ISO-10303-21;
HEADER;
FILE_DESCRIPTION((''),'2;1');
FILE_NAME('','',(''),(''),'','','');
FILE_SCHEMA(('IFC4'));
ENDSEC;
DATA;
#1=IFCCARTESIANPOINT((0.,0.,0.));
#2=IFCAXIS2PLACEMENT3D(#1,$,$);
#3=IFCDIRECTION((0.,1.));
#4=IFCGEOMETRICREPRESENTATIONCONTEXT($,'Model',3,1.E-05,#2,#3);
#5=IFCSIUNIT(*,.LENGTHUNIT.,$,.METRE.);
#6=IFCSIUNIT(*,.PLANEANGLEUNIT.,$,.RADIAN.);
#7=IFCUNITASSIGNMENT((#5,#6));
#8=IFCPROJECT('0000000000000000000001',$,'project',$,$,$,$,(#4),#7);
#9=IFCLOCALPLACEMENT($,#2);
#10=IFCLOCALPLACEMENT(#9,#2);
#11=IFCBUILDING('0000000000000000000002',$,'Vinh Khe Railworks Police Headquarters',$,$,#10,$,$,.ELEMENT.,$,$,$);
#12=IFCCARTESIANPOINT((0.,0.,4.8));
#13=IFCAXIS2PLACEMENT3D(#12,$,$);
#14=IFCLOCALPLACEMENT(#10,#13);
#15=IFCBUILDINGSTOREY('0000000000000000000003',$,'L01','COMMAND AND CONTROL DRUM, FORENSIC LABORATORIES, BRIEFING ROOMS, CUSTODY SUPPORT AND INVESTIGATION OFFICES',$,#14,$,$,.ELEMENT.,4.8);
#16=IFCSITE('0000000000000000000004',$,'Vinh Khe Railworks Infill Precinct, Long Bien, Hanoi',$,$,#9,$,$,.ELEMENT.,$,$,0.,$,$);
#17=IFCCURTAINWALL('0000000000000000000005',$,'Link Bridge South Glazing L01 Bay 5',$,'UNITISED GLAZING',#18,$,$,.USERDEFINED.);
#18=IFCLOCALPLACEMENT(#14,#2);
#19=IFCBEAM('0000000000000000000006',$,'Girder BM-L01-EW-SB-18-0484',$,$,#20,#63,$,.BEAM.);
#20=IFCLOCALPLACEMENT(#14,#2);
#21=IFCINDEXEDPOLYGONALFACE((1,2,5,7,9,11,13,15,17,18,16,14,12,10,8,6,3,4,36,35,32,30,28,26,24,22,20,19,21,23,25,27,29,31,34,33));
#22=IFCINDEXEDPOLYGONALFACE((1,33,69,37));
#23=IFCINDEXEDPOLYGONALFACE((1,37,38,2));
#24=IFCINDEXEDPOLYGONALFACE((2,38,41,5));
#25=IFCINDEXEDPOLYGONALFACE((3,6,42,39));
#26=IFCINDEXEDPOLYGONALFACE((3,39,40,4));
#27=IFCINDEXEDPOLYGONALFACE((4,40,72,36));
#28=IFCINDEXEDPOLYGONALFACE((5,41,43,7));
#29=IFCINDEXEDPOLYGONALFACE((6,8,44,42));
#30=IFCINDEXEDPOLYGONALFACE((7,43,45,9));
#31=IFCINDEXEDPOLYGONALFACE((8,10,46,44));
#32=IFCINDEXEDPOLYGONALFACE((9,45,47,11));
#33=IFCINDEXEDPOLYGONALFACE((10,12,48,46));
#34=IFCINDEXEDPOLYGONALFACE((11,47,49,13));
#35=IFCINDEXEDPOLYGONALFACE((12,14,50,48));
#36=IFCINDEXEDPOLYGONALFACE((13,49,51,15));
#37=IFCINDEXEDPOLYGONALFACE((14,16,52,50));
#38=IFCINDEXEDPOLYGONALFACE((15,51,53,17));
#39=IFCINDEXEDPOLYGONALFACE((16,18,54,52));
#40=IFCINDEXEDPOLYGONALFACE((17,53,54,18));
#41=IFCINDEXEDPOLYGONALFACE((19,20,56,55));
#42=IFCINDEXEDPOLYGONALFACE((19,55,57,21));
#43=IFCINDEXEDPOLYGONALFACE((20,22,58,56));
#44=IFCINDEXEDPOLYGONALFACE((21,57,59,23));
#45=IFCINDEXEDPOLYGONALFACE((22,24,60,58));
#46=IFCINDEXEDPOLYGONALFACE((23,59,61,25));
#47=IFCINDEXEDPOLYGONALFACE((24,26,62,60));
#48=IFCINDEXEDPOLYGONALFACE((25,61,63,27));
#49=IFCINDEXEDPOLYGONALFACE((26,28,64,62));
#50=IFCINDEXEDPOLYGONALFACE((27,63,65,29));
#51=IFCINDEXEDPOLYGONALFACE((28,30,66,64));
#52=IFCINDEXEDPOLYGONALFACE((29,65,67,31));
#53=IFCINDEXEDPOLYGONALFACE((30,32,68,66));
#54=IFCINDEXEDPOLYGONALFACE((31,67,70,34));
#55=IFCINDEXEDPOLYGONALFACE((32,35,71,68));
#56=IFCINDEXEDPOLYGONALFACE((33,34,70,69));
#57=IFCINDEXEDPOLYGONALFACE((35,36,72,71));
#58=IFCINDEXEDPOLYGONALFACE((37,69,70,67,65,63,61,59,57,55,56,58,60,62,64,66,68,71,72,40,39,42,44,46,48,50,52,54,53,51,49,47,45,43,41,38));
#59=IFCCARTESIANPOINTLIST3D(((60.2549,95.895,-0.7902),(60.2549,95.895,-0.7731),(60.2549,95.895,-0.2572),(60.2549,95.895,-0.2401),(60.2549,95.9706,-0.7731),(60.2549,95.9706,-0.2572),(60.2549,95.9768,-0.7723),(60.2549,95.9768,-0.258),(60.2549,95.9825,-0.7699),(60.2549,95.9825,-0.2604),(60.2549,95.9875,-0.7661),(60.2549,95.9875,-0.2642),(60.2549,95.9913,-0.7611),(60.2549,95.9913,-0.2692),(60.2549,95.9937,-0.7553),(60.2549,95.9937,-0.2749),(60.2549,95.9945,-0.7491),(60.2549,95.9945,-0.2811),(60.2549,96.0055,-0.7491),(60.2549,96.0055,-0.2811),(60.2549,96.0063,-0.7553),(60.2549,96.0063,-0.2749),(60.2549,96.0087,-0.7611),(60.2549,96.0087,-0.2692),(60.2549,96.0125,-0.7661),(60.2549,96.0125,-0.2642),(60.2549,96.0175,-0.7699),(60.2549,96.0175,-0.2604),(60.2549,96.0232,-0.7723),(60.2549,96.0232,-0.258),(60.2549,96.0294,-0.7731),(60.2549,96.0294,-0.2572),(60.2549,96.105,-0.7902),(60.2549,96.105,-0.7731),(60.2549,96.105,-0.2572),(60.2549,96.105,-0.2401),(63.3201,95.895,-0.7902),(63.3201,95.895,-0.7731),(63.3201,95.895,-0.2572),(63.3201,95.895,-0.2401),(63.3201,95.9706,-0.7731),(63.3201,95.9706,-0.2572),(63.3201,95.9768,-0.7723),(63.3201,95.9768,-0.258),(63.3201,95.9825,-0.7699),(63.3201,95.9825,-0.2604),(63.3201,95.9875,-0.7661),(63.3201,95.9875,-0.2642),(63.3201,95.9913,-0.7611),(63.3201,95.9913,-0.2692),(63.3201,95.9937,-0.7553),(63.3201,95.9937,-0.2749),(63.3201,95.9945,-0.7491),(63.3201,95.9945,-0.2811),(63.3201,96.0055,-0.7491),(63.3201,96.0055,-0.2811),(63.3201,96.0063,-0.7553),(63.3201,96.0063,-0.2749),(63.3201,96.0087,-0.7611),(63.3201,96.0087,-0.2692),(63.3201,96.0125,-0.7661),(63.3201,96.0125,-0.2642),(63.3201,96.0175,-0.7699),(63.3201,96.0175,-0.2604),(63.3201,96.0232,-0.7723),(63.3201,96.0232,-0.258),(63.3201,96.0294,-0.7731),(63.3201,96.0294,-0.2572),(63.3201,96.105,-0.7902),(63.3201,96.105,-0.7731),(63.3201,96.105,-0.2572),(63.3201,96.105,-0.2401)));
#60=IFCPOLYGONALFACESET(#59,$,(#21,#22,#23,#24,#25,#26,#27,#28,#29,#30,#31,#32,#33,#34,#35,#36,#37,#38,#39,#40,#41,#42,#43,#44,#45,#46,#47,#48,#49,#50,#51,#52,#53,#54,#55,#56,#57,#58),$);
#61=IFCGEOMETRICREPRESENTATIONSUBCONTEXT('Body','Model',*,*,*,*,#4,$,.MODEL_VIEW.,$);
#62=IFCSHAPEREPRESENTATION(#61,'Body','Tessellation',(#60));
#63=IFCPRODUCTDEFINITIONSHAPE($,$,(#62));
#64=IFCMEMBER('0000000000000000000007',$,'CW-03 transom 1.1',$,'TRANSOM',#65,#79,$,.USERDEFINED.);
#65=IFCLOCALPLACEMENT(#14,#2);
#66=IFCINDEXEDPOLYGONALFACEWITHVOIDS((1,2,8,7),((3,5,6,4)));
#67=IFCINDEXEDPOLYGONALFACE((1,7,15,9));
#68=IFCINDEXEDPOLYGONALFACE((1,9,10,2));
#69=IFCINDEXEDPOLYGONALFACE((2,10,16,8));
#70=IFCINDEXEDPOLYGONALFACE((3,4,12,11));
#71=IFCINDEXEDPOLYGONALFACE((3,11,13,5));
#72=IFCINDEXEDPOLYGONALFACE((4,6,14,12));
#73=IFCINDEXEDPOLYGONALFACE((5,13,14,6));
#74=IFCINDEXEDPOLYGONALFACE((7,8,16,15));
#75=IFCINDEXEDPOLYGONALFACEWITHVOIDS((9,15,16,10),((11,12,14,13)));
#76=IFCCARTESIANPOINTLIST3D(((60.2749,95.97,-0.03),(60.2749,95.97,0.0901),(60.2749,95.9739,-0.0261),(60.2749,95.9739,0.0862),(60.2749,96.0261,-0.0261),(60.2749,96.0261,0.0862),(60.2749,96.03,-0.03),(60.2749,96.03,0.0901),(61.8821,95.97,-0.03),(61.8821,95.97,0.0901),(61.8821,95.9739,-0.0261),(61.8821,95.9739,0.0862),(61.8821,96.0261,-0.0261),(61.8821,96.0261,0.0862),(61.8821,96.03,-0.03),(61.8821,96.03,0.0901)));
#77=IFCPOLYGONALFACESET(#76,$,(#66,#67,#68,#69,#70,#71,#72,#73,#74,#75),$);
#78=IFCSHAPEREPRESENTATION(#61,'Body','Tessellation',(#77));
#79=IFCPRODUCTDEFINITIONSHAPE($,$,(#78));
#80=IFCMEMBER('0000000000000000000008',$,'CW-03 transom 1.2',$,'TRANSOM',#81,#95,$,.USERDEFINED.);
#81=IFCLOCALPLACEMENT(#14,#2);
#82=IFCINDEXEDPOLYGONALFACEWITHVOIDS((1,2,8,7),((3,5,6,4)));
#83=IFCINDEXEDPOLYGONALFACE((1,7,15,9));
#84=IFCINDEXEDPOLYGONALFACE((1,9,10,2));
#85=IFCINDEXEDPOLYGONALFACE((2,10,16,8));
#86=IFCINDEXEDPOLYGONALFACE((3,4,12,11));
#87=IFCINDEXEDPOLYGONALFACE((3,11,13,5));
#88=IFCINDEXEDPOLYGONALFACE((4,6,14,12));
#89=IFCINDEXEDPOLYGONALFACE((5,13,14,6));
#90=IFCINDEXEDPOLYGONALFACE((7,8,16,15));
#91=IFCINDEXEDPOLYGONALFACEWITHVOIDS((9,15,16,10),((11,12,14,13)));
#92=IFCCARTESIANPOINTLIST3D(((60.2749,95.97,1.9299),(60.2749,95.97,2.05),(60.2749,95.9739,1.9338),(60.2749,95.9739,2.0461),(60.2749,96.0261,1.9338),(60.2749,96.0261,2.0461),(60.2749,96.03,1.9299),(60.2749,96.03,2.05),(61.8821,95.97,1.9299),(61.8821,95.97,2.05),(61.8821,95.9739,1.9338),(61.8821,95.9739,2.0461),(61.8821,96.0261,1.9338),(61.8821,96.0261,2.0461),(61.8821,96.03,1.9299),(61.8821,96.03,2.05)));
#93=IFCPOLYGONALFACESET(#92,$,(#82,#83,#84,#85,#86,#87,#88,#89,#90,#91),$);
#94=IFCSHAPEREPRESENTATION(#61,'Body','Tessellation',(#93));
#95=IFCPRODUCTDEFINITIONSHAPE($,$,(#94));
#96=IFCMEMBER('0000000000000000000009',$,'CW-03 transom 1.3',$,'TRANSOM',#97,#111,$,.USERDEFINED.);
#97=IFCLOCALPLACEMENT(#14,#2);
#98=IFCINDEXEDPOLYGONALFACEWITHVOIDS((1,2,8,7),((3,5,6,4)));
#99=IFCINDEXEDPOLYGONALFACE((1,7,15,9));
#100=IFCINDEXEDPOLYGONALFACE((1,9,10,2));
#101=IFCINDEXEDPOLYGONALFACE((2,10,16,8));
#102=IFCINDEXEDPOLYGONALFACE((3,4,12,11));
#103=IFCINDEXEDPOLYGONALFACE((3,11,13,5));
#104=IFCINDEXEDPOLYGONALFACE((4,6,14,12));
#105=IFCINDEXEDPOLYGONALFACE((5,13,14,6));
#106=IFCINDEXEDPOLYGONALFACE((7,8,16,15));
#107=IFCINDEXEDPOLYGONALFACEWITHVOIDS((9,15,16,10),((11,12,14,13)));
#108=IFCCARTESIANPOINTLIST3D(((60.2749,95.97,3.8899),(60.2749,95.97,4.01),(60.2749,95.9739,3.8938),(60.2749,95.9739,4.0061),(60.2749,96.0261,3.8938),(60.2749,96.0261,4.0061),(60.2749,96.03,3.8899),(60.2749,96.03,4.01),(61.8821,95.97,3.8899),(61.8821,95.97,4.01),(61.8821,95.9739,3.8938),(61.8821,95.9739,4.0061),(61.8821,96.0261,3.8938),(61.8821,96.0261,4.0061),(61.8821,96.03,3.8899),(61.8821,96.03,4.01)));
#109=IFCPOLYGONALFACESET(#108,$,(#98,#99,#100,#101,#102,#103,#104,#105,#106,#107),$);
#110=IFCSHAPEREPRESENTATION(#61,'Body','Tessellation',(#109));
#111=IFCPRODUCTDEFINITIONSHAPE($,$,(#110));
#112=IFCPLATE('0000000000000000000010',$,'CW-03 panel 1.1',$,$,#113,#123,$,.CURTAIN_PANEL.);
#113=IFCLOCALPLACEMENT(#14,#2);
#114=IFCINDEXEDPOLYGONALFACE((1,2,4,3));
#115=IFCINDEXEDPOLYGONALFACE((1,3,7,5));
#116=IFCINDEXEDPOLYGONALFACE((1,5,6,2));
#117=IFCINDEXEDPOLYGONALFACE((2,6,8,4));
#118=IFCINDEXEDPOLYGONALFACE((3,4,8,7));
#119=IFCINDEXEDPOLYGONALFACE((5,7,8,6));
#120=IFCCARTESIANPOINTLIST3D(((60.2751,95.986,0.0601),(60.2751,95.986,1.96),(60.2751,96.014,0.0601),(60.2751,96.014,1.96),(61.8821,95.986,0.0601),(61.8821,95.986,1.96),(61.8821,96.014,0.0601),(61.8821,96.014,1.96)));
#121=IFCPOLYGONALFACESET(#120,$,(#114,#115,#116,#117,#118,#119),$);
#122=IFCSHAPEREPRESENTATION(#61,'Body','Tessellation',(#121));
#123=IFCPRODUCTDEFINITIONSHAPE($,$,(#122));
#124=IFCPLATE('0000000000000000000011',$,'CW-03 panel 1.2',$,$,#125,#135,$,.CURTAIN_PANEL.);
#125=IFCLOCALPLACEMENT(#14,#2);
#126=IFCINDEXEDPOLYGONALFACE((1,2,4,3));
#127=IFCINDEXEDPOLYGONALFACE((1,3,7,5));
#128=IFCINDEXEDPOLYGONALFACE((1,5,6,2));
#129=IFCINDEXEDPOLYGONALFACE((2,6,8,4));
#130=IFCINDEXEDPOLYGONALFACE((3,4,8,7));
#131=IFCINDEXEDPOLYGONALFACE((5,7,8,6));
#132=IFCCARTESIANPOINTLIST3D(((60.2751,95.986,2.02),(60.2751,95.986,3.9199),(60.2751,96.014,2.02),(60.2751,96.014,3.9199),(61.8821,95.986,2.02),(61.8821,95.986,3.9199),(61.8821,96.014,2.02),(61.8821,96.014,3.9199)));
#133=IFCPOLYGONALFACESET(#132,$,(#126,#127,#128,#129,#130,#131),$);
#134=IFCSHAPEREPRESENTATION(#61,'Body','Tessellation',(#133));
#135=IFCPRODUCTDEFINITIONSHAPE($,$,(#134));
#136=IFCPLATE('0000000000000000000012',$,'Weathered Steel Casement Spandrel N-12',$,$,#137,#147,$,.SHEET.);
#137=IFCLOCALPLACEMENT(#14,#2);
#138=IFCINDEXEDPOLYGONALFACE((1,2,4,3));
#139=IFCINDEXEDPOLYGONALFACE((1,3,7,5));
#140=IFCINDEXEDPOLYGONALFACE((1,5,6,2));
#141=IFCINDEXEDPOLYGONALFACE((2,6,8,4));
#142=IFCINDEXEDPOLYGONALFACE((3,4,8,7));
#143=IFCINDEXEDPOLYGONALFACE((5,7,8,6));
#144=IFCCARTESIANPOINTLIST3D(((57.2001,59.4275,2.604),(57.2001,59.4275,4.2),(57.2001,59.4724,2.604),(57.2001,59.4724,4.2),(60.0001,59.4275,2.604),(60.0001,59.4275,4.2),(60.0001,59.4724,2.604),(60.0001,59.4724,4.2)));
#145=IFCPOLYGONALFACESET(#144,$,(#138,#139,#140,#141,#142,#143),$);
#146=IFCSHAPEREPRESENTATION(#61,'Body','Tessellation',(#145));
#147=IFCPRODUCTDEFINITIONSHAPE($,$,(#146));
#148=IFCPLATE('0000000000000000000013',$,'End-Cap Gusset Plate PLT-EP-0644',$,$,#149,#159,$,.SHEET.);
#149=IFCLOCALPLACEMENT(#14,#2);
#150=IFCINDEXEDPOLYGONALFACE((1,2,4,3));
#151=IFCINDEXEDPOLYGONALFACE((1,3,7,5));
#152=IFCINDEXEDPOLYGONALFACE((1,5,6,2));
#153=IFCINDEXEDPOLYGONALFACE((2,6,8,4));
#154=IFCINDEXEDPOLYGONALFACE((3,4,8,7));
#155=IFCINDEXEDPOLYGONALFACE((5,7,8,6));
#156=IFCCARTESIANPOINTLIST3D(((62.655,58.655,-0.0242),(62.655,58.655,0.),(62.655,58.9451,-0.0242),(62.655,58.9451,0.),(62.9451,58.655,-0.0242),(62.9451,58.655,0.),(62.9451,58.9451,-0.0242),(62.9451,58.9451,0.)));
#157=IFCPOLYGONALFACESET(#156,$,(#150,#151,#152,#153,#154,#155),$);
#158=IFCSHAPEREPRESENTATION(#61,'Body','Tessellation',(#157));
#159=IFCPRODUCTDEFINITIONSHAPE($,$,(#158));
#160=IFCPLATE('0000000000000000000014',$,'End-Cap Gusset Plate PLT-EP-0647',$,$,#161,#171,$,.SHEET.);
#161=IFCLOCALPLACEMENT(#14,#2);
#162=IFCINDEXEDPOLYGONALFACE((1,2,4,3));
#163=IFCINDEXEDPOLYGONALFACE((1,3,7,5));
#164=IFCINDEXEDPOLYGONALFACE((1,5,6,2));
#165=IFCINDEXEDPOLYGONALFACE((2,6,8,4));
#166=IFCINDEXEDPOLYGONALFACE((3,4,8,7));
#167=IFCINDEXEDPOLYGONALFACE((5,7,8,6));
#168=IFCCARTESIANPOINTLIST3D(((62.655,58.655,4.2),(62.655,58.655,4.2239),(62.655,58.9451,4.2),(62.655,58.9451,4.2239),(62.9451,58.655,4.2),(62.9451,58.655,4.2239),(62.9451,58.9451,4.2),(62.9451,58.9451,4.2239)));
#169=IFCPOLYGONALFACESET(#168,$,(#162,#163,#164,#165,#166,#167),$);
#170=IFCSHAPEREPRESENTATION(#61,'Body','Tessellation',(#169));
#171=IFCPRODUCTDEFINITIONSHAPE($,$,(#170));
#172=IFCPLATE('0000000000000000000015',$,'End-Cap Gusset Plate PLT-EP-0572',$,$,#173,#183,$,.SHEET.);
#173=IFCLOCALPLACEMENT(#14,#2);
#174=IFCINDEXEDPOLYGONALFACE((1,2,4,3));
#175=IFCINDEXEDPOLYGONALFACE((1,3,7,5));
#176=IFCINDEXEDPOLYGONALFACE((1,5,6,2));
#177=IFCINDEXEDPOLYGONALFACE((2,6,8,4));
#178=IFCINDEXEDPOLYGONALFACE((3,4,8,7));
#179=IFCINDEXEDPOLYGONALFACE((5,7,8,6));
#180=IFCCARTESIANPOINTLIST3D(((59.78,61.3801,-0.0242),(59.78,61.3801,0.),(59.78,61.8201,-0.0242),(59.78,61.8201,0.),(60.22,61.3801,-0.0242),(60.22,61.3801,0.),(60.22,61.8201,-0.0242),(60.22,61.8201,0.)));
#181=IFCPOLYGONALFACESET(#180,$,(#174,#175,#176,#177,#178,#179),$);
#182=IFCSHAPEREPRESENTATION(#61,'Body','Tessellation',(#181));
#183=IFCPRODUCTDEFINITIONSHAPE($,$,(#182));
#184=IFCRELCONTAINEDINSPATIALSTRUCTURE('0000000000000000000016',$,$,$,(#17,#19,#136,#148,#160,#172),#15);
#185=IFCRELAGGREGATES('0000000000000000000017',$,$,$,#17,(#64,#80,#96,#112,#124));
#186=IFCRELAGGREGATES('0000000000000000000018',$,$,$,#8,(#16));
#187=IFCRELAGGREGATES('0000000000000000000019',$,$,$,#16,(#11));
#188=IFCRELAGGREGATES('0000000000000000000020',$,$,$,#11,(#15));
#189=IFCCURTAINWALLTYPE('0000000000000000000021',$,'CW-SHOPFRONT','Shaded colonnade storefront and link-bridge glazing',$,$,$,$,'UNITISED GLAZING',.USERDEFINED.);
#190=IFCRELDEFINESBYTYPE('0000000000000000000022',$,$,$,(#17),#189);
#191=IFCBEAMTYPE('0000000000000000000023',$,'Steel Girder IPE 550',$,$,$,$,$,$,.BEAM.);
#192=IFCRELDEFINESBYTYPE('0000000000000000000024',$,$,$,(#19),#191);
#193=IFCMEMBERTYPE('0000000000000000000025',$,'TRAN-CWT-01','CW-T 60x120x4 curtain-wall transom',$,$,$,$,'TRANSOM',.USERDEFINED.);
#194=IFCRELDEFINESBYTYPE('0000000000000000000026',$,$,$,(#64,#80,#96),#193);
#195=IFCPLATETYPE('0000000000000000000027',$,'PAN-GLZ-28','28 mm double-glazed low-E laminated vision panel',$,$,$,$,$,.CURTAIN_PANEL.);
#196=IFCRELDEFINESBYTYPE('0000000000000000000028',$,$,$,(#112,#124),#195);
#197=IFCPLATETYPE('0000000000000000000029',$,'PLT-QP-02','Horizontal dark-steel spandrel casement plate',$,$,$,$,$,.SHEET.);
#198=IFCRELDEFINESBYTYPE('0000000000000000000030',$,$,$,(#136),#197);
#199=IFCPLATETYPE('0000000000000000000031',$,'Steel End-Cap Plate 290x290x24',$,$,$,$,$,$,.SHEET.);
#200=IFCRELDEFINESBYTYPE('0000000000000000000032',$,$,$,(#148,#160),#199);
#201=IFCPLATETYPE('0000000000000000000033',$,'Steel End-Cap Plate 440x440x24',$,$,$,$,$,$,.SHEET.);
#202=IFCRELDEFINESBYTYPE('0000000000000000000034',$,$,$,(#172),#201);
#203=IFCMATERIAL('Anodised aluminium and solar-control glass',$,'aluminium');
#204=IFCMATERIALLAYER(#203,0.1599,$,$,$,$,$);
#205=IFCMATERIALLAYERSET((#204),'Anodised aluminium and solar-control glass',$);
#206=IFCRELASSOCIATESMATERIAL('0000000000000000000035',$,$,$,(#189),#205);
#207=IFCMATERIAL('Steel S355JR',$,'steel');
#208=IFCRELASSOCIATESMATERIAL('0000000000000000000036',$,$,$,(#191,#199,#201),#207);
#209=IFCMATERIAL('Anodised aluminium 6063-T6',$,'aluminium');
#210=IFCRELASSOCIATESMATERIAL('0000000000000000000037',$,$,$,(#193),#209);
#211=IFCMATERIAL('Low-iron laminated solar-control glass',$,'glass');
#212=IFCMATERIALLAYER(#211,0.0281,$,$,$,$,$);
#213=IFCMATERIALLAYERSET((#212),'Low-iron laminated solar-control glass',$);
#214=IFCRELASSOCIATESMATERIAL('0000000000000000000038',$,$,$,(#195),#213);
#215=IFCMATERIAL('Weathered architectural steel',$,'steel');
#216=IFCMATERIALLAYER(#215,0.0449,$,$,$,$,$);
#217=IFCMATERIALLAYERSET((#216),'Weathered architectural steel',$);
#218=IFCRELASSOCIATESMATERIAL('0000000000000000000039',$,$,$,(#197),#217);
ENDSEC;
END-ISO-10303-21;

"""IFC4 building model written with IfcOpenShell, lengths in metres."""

from ifc_helpers import new_model, si_unit, direction, frame, origin, origin_2d, place, context, subcontext, project, spatial, rectangle, hollow_rectangle, i_section, extrude, material, layer, layer_set, material_profile, profile_set, type_object, element, aggregate, save


model = new_model("IFC4")

# Units and contexts
model_context = context("Model", 3, precision=1e-05, world=origin(), true_north=direction((0.0, 1.0)))
body_context = subcontext(model_context, "Body", "Model", "MODEL_VIEW")
ifc_project = project(units=[si_unit("LENGTHUNIT", "METRE"), si_unit("PLANEANGLEUNIT", "RADIAN")], contexts=[model_context])

# Site, building, storey
site_placement = place(None, origin())
site = spatial("IfcSite", under=ifc_project, at=site_placement, Name="Vinh Khe Railworks Infill Precinct, Long Bien, Hanoi", CompositionType="ELEMENT", RefElevation=0.0)
building_placement = place(site_placement, origin())
building = spatial("IfcBuilding", under=site, at=building_placement, Name="Vinh Khe Railworks Police Headquarters", CompositionType="ELEMENT")
storey_placement = place(building_placement, frame((0.0, 0.0, 4.8)))
storey = spatial("IfcBuildingStorey", under=building, at=storey_placement, Name="L01", Description="COMMAND AND CONTROL DRUM, FORENSIC LABORATORIES, BRIEFING ROOMS, CUSTODY SUPPORT AND INVESTIGATION OFFICES", CompositionType="ELEMENT", Elevation=4.8)

# Shared definitions
ifc_material_1 = material(Name="Steel S355JR", Category="steel")

# Curtain wall
ifc_material_2 = material(Name="Anodised aluminium and solar-control glass", Category="aluminium")
ifc_layer_1 = layer(ifc_material_2, 0.1599)
ifc_layer_set_1 = layer_set([ifc_layer_1], Name="Anodised aluminium and solar-control glass")
curtain_wall_type = type_object("IfcCurtainWallType", Name="CW-SHOPFRONT", Description="Shaded colonnade storefront and link-bridge glazing", ElementType="UNITISED GLAZING", PredefinedType="USERDEFINED", material=ifc_layer_set_1)
ifc_material_3 = material(Name="Anodised aluminium 6063-T6", Category="aluminium")
curtain_wall_1_placement = place(storey_placement, origin())
curtain_wall_1 = element("IfcCurtainWall", 1, at=curtain_wall_1_placement, inside=storey, type_object=curtain_wall_type, Name="Link Bridge South Glazing L01 Bay 5", ObjectType="UNITISED GLAZING", PredefinedType="USERDEFINED")

# Beam
ifc_material_profile_1 = material_profile(ifc_material_1, i_section(OverallWidth=0.21, OverallDepth=0.55, WebThickness=0.011, FlangeThickness=0.0171, FilletRadius=0.0239, at=origin_2d()), Name="IPE 550")
ifc_profile_set_1 = profile_set([ifc_material_profile_1], Name="Steel S355JR")
beam_type = type_object("IfcBeamType", Name="Steel Girder IPE 550", PredefinedType="BEAM", material=ifc_profile_set_1)
beam_placement = place(storey_placement, frame((60.2549, 96.0, -0.5151), z_axis=(1.0, 0.0, 0.0), x_axis=(0.0, 1.0, 0.0)))
element("IfcBeam", 2, at=beam_placement, inside=storey, type_object=beam_type, Name="Girder BM-L01-EW-SB-18-0484", PredefinedType="BEAM", context=body_context, shape_type="SweptSolid", body=[
    extrude(i_section(OverallWidth=0.21, OverallDepth=0.55, WebThickness=0.011, FlangeThickness=0.0171, FilletRadius=0.0239, at=origin_2d()), origin(), (0.0, 0.0, 1.0), 3.0652),
])

# Members
ifc_material_profile_2 = material_profile(ifc_material_3, hollow_rectangle(XDim=0.0601, YDim=0.1201, WallThickness=0.0039, at=origin_2d()), Name="CW-T 60x120x4")
ifc_profile_set_2 = profile_set([ifc_material_profile_2], Name="Anodised aluminium 6063-T6")
member_type_1 = type_object("IfcMemberType", Name="TRAN-CWT-01", Description="CW-T 60x120x4 curtain-wall transom", ElementType="TRANSOM", PredefinedType="USERDEFINED", material=ifc_profile_set_2)
member_1_placement = place(storey_placement, frame((60.2749, 96.0, 0.03), z_axis=(1.0, 0.0, 0.0), x_axis=(0.0, 1.0, 0.0)))
member_1 = element("IfcMember", 3, at=member_1_placement, type_object=member_type_1, Name="CW-03 transom 1.1", ObjectType="TRANSOM", PredefinedType="USERDEFINED", context=body_context, shape_type="SweptSolid", body=[
    extrude(hollow_rectangle(XDim=0.0601, YDim=0.1201, WallThickness=0.0039, at=origin_2d()), origin(), (0.0, 0.0, 1.0), 1.6072),
])
member_2_placement = place(storey_placement, frame((60.2749, 96.0, 1.99), z_axis=(1.0, 0.0, 0.0), x_axis=(0.0, 1.0, 0.0)))
member_2 = element("IfcMember", 4, at=member_2_placement, type_object=member_type_1, Name="CW-03 transom 1.2", ObjectType="TRANSOM", PredefinedType="USERDEFINED", context=body_context, shape_type="SweptSolid", body=[
    extrude(hollow_rectangle(XDim=0.0601, YDim=0.1201, WallThickness=0.0039, at=origin_2d()), origin(), (0.0, 0.0, 1.0), 1.6072),
])
member_3_placement = place(storey_placement, frame((60.2749, 96.0, 3.95), z_axis=(1.0, 0.0, 0.0), x_axis=(0.0, 1.0, 0.0)))
member_3 = element("IfcMember", 5, at=member_3_placement, type_object=member_type_1, Name="CW-03 transom 1.3", ObjectType="TRANSOM", PredefinedType="USERDEFINED", context=body_context, shape_type="SweptSolid", body=[
    extrude(hollow_rectangle(XDim=0.0601, YDim=0.1201, WallThickness=0.0039, at=origin_2d()), origin(), (0.0, 0.0, 1.0), 1.6072),
])

# Plates
ifc_material_4 = material(Name="Low-iron laminated solar-control glass", Category="glass")
ifc_layer_2 = layer(ifc_material_4, 0.0281)
ifc_layer_set_2 = layer_set([ifc_layer_2], Name="Low-iron laminated solar-control glass")
plate_type_1 = type_object("IfcPlateType", Name="PAN-GLZ-28", Description="28 mm double-glazed low-E laminated vision panel", PredefinedType="CURTAIN_PANEL", material=ifc_layer_set_2)
plate_1_placement = place(storey_placement, frame((61.0786, 96.0, 0.0601), z_axis=(0.0, 0.0, 1.0), x_axis=(1.0, 0.0, 0.0)))
plate_1 = element("IfcPlate", 6, at=plate_1_placement, type_object=plate_type_1, Name="CW-03 panel 1.1", PredefinedType="CURTAIN_PANEL", context=body_context, shape_type="SweptSolid", body=[
    extrude(rectangle(XDim=1.6069, YDim=0.0281, at=origin_2d()), origin(), (0.0, 0.0, 1.0), 1.8999),
])
plate_2_placement = place(storey_placement, frame((61.0786, 96.0, 2.02), z_axis=(0.0, 0.0, 1.0), x_axis=(1.0, 0.0, 0.0)))
plate_2 = element("IfcPlate", 7, at=plate_2_placement, type_object=plate_type_1, Name="CW-03 panel 1.2", PredefinedType="CURTAIN_PANEL", context=body_context, shape_type="SweptSolid", body=[
    extrude(rectangle(XDim=1.6069, YDim=0.0281, at=origin_2d()), origin(), (0.0, 0.0, 1.0), 1.8999),
])
aggregate(curtain_wall_1, [member_1, member_2, member_3, plate_1, plate_2])

# Plates
ifc_material_5 = material(Name="Weathered architectural steel", Category="steel")
ifc_layer_3 = layer(ifc_material_5, 0.0449)
ifc_layer_set_3 = layer_set([ifc_layer_3], Name="Weathered architectural steel")
plate_type_2 = type_object("IfcPlateType", Name="PLT-QP-02", Description="Horizontal dark-steel spandrel casement plate", PredefinedType="SHEET", material=ifc_layer_set_3)
plate_3_placement = place(storey_placement, frame((58.6001, 59.45, 2.604), z_axis=(0.0, 0.0, 1.0), x_axis=(1.0, 0.0, 0.0)))
element("IfcPlate", 8, at=plate_3_placement, inside=storey, type_object=plate_type_2, Name="Weathered Steel Casement Spandrel N-12", PredefinedType="SHEET", context=body_context, shape_type="SweptSolid", body=[
    extrude(rectangle(XDim=2.8, YDim=0.0449, at=origin_2d()), origin(), (0.0, 0.0, 1.0), 1.5959),
])
ifc_material_profile_3 = material_profile(ifc_material_1, rectangle(XDim=0.29, YDim=0.29, at=origin_2d()), Name="PL 290x290")
ifc_profile_set_3 = profile_set([ifc_material_profile_3], Name="Steel S355JR")
plate_type_3 = type_object("IfcPlateType", Name="Steel End-Cap Plate 290x290x24", PredefinedType="SHEET", material=ifc_profile_set_3)
plate_4_placement = place(storey_placement, frame((62.8, 58.8, 0.0), z_axis=(0.0, 0.0, -1.0), x_axis=(1.0, 0.0, 0.0)))
element("IfcPlate", 9, at=plate_4_placement, inside=storey, type_object=plate_type_3, Name="End-Cap Gusset Plate PLT-EP-0644", PredefinedType="SHEET", context=body_context, shape_type="SweptSolid", body=[
    extrude(rectangle(XDim=0.29, YDim=0.29, at=origin_2d()), origin(), (0.0, 0.0, 1.0), 0.0242),
])
plate_5_placement = place(storey_placement, frame((62.8, 58.8, 4.2), z_axis=(0.0, 0.0, 1.0), x_axis=(1.0, 0.0, 0.0)))
element("IfcPlate", 10, at=plate_5_placement, inside=storey, type_object=plate_type_3, Name="End-Cap Gusset Plate PLT-EP-0647", PredefinedType="SHEET", context=body_context, shape_type="SweptSolid", body=[
    extrude(rectangle(XDim=0.29, YDim=0.29, at=origin_2d()), origin(), (0.0, 0.0, 1.0), 0.0239),
])
ifc_material_profile_4 = material_profile(ifc_material_1, rectangle(XDim=0.4399, YDim=0.4399, at=origin_2d()), Name="PL 440x440")
ifc_profile_set_4 = profile_set([ifc_material_profile_4], Name="Steel S355JR")
plate_type_4 = type_object("IfcPlateType", Name="Steel End-Cap Plate 440x440x24", PredefinedType="SHEET", material=ifc_profile_set_4)
plate_6_placement = place(storey_placement, frame((60.0, 61.6001, 0.0), z_axis=(0.0, 0.0, -1.0), x_axis=(1.0, 0.0, 0.0)))
element("IfcPlate", 11, at=plate_6_placement, inside=storey, type_object=plate_type_4, Name="End-Cap Gusset Plate PLT-EP-0572", PredefinedType="SHEET", context=body_context, shape_type="SweptSolid", body=[
    extrude(rectangle(XDim=0.4399, YDim=0.4399, at=origin_2d()), origin(), (0.0, 0.0, 1.0), 0.0242),
])

save(model, "model.ifc")
